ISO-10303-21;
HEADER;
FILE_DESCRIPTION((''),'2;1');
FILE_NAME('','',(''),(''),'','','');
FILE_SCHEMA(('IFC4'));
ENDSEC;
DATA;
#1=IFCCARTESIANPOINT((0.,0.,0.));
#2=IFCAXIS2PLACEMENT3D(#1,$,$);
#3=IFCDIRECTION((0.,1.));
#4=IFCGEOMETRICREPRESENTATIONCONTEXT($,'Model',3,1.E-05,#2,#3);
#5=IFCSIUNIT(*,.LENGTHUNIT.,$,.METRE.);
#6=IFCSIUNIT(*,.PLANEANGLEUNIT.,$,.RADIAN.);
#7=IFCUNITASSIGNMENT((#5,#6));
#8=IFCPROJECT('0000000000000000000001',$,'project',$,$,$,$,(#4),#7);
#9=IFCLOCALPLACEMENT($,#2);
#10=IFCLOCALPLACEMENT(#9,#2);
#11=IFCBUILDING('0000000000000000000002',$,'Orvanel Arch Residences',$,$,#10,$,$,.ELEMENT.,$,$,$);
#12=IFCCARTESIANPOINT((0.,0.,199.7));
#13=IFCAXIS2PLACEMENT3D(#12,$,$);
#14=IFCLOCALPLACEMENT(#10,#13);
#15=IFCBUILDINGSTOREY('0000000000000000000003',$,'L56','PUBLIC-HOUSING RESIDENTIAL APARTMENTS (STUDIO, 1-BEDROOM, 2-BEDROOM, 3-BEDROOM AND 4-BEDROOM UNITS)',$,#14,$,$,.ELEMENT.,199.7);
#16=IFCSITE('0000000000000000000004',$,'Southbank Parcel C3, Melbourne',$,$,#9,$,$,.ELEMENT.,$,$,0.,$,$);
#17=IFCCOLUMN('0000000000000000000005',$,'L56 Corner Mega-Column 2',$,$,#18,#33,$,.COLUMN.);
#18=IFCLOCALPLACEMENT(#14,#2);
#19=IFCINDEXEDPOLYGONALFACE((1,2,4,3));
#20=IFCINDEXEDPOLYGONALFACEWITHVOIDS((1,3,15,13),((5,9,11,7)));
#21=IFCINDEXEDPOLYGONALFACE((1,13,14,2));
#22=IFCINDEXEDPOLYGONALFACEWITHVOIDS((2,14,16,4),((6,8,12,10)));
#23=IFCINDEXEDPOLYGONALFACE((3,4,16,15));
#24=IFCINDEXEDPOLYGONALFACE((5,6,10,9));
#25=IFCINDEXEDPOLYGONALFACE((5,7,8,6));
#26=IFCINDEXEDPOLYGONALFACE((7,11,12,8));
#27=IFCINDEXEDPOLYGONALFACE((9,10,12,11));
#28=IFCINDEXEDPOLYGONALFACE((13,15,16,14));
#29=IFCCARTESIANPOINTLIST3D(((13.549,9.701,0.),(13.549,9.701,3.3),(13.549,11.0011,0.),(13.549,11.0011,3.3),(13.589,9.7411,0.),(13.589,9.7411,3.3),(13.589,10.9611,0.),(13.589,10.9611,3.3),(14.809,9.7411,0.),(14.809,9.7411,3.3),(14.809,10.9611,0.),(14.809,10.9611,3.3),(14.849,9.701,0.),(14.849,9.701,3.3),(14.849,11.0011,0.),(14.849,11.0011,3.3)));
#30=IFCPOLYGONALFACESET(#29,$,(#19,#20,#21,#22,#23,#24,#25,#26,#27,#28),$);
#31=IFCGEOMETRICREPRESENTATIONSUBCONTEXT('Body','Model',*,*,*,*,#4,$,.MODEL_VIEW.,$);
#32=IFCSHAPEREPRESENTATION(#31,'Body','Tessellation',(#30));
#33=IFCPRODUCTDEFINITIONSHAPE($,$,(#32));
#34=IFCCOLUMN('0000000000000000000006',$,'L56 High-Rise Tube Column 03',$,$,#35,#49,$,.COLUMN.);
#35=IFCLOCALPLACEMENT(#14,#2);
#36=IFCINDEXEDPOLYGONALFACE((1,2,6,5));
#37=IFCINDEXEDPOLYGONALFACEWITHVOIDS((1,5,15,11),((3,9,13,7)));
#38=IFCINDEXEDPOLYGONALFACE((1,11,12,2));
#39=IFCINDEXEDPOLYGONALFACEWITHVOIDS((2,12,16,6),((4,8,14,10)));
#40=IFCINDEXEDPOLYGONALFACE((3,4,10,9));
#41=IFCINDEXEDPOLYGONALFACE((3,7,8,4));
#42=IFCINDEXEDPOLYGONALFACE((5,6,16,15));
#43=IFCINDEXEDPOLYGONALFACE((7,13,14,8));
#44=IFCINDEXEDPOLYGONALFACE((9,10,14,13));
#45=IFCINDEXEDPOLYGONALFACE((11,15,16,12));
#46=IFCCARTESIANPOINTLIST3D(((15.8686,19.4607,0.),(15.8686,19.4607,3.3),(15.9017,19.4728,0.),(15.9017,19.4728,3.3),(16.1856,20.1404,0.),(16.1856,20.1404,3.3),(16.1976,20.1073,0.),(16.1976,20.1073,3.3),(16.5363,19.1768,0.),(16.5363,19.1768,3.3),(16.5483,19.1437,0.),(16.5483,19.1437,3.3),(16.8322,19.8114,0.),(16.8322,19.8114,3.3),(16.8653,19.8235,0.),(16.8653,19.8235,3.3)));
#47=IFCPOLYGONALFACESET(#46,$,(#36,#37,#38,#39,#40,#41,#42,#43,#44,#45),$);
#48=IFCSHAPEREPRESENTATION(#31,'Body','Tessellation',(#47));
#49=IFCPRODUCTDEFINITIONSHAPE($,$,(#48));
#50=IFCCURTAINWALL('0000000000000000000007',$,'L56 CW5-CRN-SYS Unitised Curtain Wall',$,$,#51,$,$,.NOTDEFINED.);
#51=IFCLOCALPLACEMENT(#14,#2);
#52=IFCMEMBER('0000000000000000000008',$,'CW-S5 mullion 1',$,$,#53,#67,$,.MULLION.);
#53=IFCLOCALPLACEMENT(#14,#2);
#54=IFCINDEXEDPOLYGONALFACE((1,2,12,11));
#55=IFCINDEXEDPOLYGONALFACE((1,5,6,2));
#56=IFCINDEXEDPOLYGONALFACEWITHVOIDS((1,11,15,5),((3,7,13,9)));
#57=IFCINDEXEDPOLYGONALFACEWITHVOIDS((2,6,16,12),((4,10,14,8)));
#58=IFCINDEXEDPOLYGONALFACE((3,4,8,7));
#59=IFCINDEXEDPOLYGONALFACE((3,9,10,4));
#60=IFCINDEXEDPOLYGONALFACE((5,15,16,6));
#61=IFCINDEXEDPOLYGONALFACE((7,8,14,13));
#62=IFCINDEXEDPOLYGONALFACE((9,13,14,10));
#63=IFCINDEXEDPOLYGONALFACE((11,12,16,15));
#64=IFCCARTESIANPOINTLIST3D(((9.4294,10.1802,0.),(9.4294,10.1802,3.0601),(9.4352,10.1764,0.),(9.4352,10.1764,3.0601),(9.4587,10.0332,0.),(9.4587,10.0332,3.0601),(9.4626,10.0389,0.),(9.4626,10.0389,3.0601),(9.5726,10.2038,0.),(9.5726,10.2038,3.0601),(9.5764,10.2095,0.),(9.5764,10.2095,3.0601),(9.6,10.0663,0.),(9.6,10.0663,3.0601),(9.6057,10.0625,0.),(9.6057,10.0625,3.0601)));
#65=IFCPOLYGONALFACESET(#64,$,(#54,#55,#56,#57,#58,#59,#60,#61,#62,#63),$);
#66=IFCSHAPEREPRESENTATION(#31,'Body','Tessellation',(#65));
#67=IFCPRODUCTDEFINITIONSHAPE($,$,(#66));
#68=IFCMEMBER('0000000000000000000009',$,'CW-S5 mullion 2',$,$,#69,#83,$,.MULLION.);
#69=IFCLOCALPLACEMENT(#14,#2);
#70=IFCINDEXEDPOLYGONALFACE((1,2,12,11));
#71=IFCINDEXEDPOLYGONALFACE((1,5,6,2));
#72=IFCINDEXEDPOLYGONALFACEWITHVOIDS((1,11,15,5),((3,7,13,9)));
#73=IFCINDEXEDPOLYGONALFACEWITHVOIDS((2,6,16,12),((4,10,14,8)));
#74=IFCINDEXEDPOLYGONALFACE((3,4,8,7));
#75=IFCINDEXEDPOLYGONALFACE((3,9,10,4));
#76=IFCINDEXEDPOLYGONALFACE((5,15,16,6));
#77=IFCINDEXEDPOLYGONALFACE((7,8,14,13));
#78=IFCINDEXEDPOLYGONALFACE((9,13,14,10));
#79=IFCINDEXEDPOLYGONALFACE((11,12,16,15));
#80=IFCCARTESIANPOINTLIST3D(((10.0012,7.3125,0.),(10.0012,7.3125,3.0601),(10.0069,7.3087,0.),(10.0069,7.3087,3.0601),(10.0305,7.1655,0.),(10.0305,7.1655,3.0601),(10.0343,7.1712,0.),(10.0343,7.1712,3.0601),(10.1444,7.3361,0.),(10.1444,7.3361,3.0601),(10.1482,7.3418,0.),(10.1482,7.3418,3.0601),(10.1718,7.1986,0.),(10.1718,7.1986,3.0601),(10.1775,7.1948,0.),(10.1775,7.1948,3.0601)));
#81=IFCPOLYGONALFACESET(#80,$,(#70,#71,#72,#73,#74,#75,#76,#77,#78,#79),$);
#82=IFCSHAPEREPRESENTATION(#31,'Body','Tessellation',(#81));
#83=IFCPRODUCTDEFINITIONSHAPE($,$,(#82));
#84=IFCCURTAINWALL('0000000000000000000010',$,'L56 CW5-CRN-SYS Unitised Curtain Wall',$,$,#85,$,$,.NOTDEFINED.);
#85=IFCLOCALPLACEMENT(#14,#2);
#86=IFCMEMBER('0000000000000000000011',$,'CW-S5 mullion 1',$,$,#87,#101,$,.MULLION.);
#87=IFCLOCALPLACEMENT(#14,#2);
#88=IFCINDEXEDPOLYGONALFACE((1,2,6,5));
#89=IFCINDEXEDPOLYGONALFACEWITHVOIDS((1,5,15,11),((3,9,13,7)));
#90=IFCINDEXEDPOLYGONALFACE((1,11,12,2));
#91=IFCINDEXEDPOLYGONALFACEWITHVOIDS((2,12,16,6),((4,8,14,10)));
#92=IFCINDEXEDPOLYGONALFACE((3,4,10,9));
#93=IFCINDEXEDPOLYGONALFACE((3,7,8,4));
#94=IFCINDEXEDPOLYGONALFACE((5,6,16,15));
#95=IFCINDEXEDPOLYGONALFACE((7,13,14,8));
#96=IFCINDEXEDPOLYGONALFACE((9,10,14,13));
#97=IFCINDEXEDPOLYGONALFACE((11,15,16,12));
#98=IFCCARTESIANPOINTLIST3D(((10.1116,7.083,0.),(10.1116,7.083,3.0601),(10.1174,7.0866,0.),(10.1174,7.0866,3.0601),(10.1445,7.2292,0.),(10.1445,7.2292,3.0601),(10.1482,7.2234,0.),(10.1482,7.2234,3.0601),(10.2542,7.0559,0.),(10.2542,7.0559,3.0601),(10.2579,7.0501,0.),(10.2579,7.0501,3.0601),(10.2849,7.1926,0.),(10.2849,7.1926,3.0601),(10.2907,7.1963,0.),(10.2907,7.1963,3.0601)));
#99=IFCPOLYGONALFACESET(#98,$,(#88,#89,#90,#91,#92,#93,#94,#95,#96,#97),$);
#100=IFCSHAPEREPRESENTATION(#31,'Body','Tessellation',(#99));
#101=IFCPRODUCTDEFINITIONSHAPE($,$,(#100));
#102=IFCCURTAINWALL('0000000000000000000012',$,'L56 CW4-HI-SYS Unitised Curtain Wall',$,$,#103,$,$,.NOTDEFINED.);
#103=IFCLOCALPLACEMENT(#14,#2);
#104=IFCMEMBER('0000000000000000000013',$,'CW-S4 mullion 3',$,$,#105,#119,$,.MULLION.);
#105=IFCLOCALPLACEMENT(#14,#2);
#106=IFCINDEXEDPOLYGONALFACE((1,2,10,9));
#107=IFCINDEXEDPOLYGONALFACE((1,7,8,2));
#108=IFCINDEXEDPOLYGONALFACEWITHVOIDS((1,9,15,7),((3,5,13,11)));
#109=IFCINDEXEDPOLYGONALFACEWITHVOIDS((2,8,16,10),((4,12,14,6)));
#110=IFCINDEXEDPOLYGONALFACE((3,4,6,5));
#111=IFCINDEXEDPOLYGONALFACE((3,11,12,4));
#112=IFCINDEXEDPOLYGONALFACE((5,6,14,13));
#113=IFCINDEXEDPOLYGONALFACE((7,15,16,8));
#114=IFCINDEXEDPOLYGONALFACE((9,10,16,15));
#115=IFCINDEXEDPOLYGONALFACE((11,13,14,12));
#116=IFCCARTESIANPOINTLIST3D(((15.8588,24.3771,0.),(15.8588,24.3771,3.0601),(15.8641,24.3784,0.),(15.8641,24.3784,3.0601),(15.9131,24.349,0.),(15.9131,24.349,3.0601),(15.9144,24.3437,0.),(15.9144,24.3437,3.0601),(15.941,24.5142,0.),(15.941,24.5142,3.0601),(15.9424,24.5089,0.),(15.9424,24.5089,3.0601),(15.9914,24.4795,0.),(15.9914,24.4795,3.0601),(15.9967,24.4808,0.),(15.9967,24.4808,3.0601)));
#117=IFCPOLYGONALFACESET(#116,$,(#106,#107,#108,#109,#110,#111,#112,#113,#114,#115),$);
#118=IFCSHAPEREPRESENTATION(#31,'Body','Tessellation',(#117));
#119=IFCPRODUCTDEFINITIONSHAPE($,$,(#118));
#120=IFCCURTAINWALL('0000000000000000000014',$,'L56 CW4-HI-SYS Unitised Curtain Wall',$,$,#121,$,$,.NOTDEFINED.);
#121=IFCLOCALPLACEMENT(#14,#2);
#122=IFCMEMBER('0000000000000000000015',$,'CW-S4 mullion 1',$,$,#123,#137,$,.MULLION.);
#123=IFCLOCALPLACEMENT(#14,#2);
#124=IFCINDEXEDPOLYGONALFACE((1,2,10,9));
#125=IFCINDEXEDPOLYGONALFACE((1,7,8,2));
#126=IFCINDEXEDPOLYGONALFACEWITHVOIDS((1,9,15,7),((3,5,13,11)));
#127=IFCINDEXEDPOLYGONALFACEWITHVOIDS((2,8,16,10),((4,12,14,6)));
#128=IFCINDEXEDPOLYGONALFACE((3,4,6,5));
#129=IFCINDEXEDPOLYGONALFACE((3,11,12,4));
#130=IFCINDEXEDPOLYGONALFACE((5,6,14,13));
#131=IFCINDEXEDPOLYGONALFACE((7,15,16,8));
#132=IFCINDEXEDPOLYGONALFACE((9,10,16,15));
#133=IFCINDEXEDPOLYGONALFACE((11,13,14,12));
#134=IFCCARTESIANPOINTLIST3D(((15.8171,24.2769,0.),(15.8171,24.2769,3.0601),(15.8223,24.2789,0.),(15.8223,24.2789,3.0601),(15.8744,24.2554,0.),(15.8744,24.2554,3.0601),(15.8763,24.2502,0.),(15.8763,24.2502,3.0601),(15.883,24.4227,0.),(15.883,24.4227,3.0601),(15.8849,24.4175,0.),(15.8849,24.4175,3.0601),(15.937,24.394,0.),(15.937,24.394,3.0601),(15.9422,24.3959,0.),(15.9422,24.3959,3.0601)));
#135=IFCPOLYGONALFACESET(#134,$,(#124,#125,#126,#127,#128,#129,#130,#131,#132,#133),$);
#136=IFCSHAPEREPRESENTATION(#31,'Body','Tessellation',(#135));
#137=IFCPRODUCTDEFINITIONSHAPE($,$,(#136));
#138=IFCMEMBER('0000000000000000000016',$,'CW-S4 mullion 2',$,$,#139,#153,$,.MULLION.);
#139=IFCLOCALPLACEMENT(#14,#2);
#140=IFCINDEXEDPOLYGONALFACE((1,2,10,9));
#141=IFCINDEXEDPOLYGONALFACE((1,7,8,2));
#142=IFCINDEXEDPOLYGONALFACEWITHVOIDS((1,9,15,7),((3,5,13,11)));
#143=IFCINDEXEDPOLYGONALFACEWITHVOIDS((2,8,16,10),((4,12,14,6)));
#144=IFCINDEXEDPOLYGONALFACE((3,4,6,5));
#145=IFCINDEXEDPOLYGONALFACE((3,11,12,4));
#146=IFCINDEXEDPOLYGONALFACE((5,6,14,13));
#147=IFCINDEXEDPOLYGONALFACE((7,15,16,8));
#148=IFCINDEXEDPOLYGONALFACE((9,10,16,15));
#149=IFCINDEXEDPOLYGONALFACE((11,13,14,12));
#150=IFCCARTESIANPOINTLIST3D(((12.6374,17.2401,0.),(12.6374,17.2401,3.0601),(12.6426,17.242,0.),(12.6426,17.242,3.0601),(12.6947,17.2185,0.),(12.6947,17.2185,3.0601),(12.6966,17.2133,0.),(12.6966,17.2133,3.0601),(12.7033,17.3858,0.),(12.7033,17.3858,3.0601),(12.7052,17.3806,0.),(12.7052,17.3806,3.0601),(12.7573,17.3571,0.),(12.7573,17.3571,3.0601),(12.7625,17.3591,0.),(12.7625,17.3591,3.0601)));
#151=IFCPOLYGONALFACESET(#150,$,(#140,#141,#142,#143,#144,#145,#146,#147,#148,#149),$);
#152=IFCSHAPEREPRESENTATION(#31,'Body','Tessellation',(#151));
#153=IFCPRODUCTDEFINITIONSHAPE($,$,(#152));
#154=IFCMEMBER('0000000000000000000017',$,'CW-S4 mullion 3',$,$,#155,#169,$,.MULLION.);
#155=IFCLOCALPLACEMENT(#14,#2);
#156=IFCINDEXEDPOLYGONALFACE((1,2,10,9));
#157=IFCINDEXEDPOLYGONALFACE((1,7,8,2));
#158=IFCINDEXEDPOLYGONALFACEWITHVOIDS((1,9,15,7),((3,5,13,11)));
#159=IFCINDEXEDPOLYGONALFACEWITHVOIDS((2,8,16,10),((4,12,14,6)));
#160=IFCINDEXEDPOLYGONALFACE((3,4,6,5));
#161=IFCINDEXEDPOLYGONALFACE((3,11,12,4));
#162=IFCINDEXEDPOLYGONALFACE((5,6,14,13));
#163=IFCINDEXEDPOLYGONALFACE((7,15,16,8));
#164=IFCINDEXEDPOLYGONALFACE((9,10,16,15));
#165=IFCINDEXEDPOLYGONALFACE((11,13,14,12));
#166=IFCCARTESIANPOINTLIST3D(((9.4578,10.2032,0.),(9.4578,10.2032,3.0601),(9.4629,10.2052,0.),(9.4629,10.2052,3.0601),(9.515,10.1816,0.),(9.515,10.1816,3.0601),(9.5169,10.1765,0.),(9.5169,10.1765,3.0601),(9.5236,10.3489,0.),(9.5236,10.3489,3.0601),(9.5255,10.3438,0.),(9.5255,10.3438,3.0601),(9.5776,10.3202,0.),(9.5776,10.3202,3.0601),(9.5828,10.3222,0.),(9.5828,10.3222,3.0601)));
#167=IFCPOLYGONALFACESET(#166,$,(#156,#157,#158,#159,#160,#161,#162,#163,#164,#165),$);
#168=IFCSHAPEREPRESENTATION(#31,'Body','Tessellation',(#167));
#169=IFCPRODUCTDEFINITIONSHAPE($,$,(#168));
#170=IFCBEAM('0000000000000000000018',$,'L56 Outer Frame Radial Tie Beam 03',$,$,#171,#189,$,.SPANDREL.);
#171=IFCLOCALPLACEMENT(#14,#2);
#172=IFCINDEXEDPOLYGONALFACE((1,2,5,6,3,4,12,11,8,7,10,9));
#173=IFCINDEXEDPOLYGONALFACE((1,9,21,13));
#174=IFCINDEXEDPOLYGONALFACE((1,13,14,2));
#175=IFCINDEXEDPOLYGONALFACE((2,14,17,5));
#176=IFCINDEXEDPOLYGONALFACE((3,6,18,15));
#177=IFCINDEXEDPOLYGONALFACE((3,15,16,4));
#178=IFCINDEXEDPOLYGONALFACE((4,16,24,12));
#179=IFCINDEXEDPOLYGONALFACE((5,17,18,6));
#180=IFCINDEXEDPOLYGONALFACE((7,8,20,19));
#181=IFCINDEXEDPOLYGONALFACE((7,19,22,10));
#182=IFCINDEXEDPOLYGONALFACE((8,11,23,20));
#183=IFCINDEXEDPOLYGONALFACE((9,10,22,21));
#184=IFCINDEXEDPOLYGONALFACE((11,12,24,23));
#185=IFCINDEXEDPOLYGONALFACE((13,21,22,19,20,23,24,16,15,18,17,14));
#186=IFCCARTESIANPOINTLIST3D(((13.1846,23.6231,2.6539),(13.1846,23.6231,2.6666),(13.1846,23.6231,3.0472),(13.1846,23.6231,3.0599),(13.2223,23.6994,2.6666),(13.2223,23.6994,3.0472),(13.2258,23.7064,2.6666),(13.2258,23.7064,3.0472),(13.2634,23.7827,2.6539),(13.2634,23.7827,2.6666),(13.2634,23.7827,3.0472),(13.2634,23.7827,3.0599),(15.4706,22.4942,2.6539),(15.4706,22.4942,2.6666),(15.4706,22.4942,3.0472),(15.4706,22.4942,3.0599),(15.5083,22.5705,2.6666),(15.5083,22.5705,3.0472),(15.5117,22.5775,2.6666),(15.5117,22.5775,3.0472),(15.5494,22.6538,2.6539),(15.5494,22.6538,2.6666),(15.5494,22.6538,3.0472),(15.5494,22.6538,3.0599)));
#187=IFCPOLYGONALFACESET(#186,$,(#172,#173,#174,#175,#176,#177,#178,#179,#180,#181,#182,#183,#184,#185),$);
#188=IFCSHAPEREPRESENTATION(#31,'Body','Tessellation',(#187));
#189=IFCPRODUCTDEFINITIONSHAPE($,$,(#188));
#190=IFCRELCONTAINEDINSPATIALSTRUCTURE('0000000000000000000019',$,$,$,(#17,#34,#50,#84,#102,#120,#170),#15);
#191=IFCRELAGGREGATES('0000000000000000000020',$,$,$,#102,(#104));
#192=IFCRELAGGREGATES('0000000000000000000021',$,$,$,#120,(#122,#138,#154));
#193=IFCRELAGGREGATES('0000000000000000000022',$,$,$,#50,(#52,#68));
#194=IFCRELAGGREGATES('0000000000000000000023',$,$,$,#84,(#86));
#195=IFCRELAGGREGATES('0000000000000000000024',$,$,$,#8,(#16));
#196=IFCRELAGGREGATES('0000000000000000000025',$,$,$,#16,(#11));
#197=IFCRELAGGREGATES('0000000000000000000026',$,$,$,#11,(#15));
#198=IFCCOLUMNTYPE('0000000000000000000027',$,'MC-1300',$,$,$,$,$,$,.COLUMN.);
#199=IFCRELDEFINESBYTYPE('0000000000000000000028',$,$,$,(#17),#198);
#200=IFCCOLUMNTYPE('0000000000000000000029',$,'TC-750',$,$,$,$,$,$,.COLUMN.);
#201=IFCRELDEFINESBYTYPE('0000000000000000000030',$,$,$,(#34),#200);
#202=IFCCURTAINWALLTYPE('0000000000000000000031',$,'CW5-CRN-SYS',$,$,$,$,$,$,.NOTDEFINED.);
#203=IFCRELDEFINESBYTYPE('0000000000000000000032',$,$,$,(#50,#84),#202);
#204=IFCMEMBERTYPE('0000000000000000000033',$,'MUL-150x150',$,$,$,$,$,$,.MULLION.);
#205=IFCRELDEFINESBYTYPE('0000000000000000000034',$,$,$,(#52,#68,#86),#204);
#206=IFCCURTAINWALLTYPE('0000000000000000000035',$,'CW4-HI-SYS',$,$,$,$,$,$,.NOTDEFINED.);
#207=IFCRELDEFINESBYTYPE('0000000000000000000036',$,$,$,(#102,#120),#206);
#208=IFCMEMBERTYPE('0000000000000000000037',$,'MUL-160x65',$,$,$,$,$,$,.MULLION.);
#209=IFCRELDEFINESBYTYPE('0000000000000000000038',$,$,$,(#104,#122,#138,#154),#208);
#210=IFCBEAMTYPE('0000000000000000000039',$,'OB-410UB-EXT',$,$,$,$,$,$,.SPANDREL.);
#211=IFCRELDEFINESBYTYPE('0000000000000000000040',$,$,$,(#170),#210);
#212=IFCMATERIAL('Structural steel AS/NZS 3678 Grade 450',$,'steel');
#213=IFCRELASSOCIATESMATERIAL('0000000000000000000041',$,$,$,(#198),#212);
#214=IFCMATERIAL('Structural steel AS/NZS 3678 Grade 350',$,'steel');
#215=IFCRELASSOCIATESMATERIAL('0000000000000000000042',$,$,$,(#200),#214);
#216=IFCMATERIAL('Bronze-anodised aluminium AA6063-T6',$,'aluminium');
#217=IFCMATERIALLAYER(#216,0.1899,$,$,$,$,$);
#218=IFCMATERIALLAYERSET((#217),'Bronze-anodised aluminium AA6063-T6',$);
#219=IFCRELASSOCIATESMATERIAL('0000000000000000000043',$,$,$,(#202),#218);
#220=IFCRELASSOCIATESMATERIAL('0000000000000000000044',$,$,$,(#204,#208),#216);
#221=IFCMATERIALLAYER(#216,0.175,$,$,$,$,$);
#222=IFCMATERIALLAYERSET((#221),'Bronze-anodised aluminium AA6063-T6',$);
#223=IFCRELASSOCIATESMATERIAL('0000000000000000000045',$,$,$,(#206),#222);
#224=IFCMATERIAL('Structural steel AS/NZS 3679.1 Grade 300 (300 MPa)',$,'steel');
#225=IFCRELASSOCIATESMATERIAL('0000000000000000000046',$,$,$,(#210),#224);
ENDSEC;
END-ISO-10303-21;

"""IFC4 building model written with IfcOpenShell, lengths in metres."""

from ifc_helpers import new_model, si_unit, direction, frame, origin, origin_2d, place, context, subcontext, project, spatial, hollow_rectangle, i_section, extrude, material, layer, layer_set, material_profile, profile_set, type_object, element, aggregate, save


model = new_model("IFC4")

# Units and contexts
model_context = context("Model", 3, precision=1e-05, world=origin(), true_north=direction((0.0, 1.0)))
body_context = subcontext(model_context, "Body", "Model", "MODEL_VIEW")
ifc_project = project(units=[si_unit("LENGTHUNIT", "METRE"), si_unit("PLANEANGLEUNIT", "RADIAN")], contexts=[model_context])

# Site, building, storey
site_placement = place(None, origin())
site = spatial("IfcSite", under=ifc_project, at=site_placement, Name="Southbank Parcel C3, Melbourne", CompositionType="ELEMENT", RefElevation=0.0)
building_placement = place(site_placement, origin())
building = spatial("IfcBuilding", under=site, at=building_placement, Name="Orvanel Arch Residences", CompositionType="ELEMENT")
storey_placement = place(building_placement, frame((0.0, 0.0, 199.7)))
storey = spatial("IfcBuildingStorey", under=building, at=storey_placement, Name="L56", Description="PUBLIC-HOUSING RESIDENTIAL APARTMENTS (STUDIO, 1-BEDROOM, 2-BEDROOM, 3-BEDROOM AND 4-BEDROOM UNITS)", CompositionType="ELEMENT", Elevation=199.7)

# Columns
ifc_material_1 = material(Name="Structural steel AS/NZS 3678 Grade 450", Category="steel")
ifc_material_profile_1 = material_profile(ifc_material_1, hollow_rectangle(XDim=1.3, YDim=1.3, WallThickness=0.04, at=origin_2d()), Name="BOX1300x1300x40")
ifc_profile_set_1 = profile_set([ifc_material_profile_1], Name="Structural steel AS/NZS 3678 Grade 450")
column_type_1 = type_object("IfcColumnType", Name="MC-1300", PredefinedType="COLUMN", material=ifc_profile_set_1)
column_1_placement = place(storey_placement, frame((14.199, 10.3511, 0.0), z_axis=(0.0, 0.0, 1.0), x_axis=(1.0, 0.0, 0.0)))
element("IfcColumn", 1, at=column_1_placement, inside=storey, type_object=column_type_1, Name="L56 Corner Mega-Column 2", PredefinedType="COLUMN", context=body_context, shape_type="SweptSolid", body=[
    extrude(hollow_rectangle(XDim=1.3, YDim=1.3, WallThickness=0.04, at=origin_2d()), origin(), (0.0, 0.0, 1.0), 3.3),
])
ifc_material_2 = material(Name="Structural steel AS/NZS 3678 Grade 350", Category="steel")
ifc_material_profile_2 = material_profile(ifc_material_2, hollow_rectangle(XDim=0.75, YDim=0.75, WallThickness=0.0249, at=origin_2d()), Name="BOX750x750x25")
ifc_profile_set_2 = profile_set([ifc_material_profile_2], Name="Structural steel AS/NZS 3678 Grade 350")
column_type_2 = type_object("IfcColumnType", Name="TC-750", PredefinedType="COLUMN", material=ifc_profile_set_2)
column_2_placement = place(storey_placement, frame((16.3669, 19.6421, 0.0), z_axis=(0.0, 0.0, 1.0), x_axis=(0.422618, 0.906308, 0.0)))
element("IfcColumn", 2, at=column_2_placement, inside=storey, type_object=column_type_2, Name="L56 High-Rise Tube Column 03", PredefinedType="COLUMN", context=body_context, shape_type="SweptSolid", body=[
    extrude(hollow_rectangle(XDim=0.75, YDim=0.75, WallThickness=0.0249, at=origin_2d()), origin(), (0.0, 0.0, 1.0), 3.3),
])

# Curtain wall, members
ifc_material_3 = material(Name="Bronze-anodised aluminium AA6063-T6", Category="aluminium")
ifc_layer_1 = layer(ifc_material_3, 0.1899)
ifc_layer_set_1 = layer_set([ifc_layer_1], Name="Bronze-anodised aluminium AA6063-T6")
curtain_wall_type_1 = type_object("IfcCurtainWallType", Name="CW5-CRN-SYS", PredefinedType="NOTDEFINED", material=ifc_layer_set_1)
curtain_wall_1_placement = place(storey_placement, origin())
curtain_wall_1 = element("IfcCurtainWall", 3, at=curtain_wall_1_placement, inside=storey, type_object=curtain_wall_type_1, Name="L56 CW5-CRN-SYS Unitised Curtain Wall", PredefinedType="NOTDEFINED")
ifc_material_profile_3 = material_profile(ifc_material_3, hollow_rectangle(XDim=0.1499, YDim=0.1499, WallThickness=0.0049, at=origin_2d()), Name="ALU150x150x5")
ifc_profile_set_3 = profile_set([ifc_material_profile_3], Name="Bronze-anodised aluminium AA6063-T6")
member_type_1 = type_object("IfcMemberType", Name="MUL-150x150", PredefinedType="MULLION", material=ifc_profile_set_3)
member_1_placement = place(storey_placement, frame((9.5176, 10.1213, 0.0), z_axis=(0.0, 0.0, 1.0), x_axis=(0.980706, 0.195491, 0.0)))
member_1 = element("IfcMember", 4, at=member_1_placement, type_object=member_type_1, Name="CW-S5 mullion 1", PredefinedType="MULLION", context=body_context, shape_type="SweptSolid", body=[
    extrude(hollow_rectangle(XDim=0.1499, YDim=0.1499, WallThickness=0.0049, at=origin_2d()), origin(), (0.0, 0.0, 1.0), 3.0601),
])
member_2_placement = place(storey_placement, frame((10.0894, 7.2537, 0.0), z_axis=(0.0, 0.0, 1.0), x_axis=(0.980706, 0.195491, 0.0)))
member_2 = element("IfcMember", 5, at=member_2_placement, type_object=member_type_1, Name="CW-S5 mullion 2", PredefinedType="MULLION", context=body_context, shape_type="SweptSolid", body=[
    extrude(hollow_rectangle(XDim=0.1499, YDim=0.1499, WallThickness=0.0049, at=origin_2d()), origin(), (0.0, 0.0, 1.0), 3.0601),
])

# Curtain walls, members
curtain_wall_2_placement = place(storey_placement, origin())
curtain_wall_2 = element("IfcCurtainWall", 6, at=curtain_wall_2_placement, inside=storey, type_object=curtain_wall_type_1, Name="L56 CW5-CRN-SYS Unitised Curtain Wall", PredefinedType="NOTDEFINED")
member_3_placement = place(storey_placement, frame((10.2012, 7.1396, 0.0), z_axis=(0.0, 0.0, 1.0), x_axis=(0.219262, 0.975666, 0.0)))
member_3 = element("IfcMember", 7, at=member_3_placement, type_object=member_type_1, Name="CW-S5 mullion 1", PredefinedType="MULLION", context=body_context, shape_type="SweptSolid", body=[
    extrude(hollow_rectangle(XDim=0.1499, YDim=0.1499, WallThickness=0.0049, at=origin_2d()), origin(), (0.0, 0.0, 1.0), 3.0601),
])
ifc_layer_2 = layer(ifc_material_3, 0.175)
ifc_layer_set_2 = layer_set([ifc_layer_2], Name="Bronze-anodised aluminium AA6063-T6")
curtain_wall_type_2 = type_object("IfcCurtainWallType", Name="CW4-HI-SYS", PredefinedType="NOTDEFINED", material=ifc_layer_set_2)
curtain_wall_3_placement = place(storey_placement, origin())
curtain_wall_3 = element("IfcCurtainWall", 8, at=curtain_wall_3_placement, inside=storey, type_object=curtain_wall_type_2, Name="L56 CW4-HI-SYS Unitised Curtain Wall", PredefinedType="NOTDEFINED")
ifc_material_profile_4 = material_profile(ifc_material_3, hollow_rectangle(XDim=0.0649, YDim=0.1599, WallThickness=0.0039, at=origin_2d()), Name="ALU160x65x4")
ifc_profile_set_4 = profile_set([ifc_material_profile_4], Name="Bronze-anodised aluminium AA6063-T6")
member_type_2 = type_object("IfcMemberType", Name="MUL-160x65", PredefinedType="MULLION", material=ifc_profile_set_4)
member_4_placement = place(storey_placement, frame((15.9277, 24.429, 0.0), z_axis=(0.0, 0.0, 1.0), x_axis=(0.857493, -0.514496, 0.0)))
member_4 = element("IfcMember", 9, at=member_4_placement, type_object=member_type_2, Name="CW-S4 mullion 3", PredefinedType="MULLION", context=body_context, shape_type="SweptSolid", body=[
    extrude(hollow_rectangle(XDim=0.0649, YDim=0.1599, WallThickness=0.0039, at=origin_2d()), origin(), (0.0, 0.0, 1.0), 3.0601),
])
aggregate(curtain_wall_3, [member_4])

# Curtain wall, members
curtain_wall_4_placement = place(storey_placement, origin())
curtain_wall_4 = element("IfcCurtainWall", 10, at=curtain_wall_4_placement, inside=storey, type_object=curtain_wall_type_2, Name="L56 CW4-HI-SYS Unitised Curtain Wall", PredefinedType="NOTDEFINED")
member_5_placement = place(storey_placement, frame((15.8796, 24.3364, 0.0), z_axis=(0.0, 0.0, 1.0), x_axis=(0.911289, -0.411766, 0.0)))
member_5 = element("IfcMember", 11, at=member_5_placement, type_object=member_type_2, Name="CW-S4 mullion 1", PredefinedType="MULLION", context=body_context, shape_type="SweptSolid", body=[
    extrude(hollow_rectangle(XDim=0.0649, YDim=0.1599, WallThickness=0.0039, at=origin_2d()), origin(), (0.0, 0.0, 1.0), 3.0601),
])
member_6_placement = place(storey_placement, frame((12.7, 17.2996, 0.0), z_axis=(0.0, 0.0, 1.0), x_axis=(0.911289, -0.411766, 0.0)))
member_6 = element("IfcMember", 12, at=member_6_placement, type_object=member_type_2, Name="CW-S4 mullion 2", PredefinedType="MULLION", context=body_context, shape_type="SweptSolid", body=[
    extrude(hollow_rectangle(XDim=0.0649, YDim=0.1599, WallThickness=0.0039, at=origin_2d()), origin(), (0.0, 0.0, 1.0), 3.0601),
])
member_7_placement = place(storey_placement, frame((9.5203, 10.2627, 0.0), z_axis=(0.0, 0.0, 1.0), x_axis=(0.911289, -0.411766, 0.0)))
member_7 = element("IfcMember", 13, at=member_7_placement, type_object=member_type_2, Name="CW-S4 mullion 3", PredefinedType="MULLION", context=body_context, shape_type="SweptSolid", body=[
    extrude(hollow_rectangle(XDim=0.0649, YDim=0.1599, WallThickness=0.0039, at=origin_2d()), origin(), (0.0, 0.0, 1.0), 3.0601),
])

# Beam
ifc_material_4 = material(Name="Structural steel AS/NZS 3679.1 Grade 300 (300 MPa)", Category="steel")
ifc_material_profile_5 = material_profile(ifc_material_4, i_section(OverallWidth=0.178, OverallDepth=0.406, WebThickness=0.0078, FlangeThickness=0.0127, at=origin_2d()), Name="410UB59.7")
ifc_profile_set_5 = profile_set([ifc_material_profile_5], Name="Structural steel AS/NZS 3679.1 Grade 300 (300 MPa)")
beam_type_1 = type_object("IfcBeamType", Name="OB-410UB-EXT", PredefinedType="SPANDREL", material=ifc_profile_set_5)
beam_1_placement = place(storey_placement, frame((15.51, 22.574, 2.8569), z_axis=(-0.896619, 0.442803, 0.0), x_axis=(-0.442803, -0.896619, 0.0)))
element("IfcBeam", 14, at=beam_1_placement, inside=storey, type_object=beam_type_1, Name="L56 Outer Frame Radial Tie Beam 03", PredefinedType="SPANDREL", context=body_context, shape_type="SweptSolid", body=[
    extrude(i_section(OverallWidth=0.178, OverallDepth=0.406, WebThickness=0.0078, FlangeThickness=0.0127, at=origin_2d()), origin(), (0.0, 0.0, 1.0), 2.5496),
])

aggregate(curtain_wall_4, [member_5, member_6, member_7])
aggregate(curtain_wall_1, [member_1, member_2])
aggregate(curtain_wall_2, [member_3])

save(model, "model.ifc")
